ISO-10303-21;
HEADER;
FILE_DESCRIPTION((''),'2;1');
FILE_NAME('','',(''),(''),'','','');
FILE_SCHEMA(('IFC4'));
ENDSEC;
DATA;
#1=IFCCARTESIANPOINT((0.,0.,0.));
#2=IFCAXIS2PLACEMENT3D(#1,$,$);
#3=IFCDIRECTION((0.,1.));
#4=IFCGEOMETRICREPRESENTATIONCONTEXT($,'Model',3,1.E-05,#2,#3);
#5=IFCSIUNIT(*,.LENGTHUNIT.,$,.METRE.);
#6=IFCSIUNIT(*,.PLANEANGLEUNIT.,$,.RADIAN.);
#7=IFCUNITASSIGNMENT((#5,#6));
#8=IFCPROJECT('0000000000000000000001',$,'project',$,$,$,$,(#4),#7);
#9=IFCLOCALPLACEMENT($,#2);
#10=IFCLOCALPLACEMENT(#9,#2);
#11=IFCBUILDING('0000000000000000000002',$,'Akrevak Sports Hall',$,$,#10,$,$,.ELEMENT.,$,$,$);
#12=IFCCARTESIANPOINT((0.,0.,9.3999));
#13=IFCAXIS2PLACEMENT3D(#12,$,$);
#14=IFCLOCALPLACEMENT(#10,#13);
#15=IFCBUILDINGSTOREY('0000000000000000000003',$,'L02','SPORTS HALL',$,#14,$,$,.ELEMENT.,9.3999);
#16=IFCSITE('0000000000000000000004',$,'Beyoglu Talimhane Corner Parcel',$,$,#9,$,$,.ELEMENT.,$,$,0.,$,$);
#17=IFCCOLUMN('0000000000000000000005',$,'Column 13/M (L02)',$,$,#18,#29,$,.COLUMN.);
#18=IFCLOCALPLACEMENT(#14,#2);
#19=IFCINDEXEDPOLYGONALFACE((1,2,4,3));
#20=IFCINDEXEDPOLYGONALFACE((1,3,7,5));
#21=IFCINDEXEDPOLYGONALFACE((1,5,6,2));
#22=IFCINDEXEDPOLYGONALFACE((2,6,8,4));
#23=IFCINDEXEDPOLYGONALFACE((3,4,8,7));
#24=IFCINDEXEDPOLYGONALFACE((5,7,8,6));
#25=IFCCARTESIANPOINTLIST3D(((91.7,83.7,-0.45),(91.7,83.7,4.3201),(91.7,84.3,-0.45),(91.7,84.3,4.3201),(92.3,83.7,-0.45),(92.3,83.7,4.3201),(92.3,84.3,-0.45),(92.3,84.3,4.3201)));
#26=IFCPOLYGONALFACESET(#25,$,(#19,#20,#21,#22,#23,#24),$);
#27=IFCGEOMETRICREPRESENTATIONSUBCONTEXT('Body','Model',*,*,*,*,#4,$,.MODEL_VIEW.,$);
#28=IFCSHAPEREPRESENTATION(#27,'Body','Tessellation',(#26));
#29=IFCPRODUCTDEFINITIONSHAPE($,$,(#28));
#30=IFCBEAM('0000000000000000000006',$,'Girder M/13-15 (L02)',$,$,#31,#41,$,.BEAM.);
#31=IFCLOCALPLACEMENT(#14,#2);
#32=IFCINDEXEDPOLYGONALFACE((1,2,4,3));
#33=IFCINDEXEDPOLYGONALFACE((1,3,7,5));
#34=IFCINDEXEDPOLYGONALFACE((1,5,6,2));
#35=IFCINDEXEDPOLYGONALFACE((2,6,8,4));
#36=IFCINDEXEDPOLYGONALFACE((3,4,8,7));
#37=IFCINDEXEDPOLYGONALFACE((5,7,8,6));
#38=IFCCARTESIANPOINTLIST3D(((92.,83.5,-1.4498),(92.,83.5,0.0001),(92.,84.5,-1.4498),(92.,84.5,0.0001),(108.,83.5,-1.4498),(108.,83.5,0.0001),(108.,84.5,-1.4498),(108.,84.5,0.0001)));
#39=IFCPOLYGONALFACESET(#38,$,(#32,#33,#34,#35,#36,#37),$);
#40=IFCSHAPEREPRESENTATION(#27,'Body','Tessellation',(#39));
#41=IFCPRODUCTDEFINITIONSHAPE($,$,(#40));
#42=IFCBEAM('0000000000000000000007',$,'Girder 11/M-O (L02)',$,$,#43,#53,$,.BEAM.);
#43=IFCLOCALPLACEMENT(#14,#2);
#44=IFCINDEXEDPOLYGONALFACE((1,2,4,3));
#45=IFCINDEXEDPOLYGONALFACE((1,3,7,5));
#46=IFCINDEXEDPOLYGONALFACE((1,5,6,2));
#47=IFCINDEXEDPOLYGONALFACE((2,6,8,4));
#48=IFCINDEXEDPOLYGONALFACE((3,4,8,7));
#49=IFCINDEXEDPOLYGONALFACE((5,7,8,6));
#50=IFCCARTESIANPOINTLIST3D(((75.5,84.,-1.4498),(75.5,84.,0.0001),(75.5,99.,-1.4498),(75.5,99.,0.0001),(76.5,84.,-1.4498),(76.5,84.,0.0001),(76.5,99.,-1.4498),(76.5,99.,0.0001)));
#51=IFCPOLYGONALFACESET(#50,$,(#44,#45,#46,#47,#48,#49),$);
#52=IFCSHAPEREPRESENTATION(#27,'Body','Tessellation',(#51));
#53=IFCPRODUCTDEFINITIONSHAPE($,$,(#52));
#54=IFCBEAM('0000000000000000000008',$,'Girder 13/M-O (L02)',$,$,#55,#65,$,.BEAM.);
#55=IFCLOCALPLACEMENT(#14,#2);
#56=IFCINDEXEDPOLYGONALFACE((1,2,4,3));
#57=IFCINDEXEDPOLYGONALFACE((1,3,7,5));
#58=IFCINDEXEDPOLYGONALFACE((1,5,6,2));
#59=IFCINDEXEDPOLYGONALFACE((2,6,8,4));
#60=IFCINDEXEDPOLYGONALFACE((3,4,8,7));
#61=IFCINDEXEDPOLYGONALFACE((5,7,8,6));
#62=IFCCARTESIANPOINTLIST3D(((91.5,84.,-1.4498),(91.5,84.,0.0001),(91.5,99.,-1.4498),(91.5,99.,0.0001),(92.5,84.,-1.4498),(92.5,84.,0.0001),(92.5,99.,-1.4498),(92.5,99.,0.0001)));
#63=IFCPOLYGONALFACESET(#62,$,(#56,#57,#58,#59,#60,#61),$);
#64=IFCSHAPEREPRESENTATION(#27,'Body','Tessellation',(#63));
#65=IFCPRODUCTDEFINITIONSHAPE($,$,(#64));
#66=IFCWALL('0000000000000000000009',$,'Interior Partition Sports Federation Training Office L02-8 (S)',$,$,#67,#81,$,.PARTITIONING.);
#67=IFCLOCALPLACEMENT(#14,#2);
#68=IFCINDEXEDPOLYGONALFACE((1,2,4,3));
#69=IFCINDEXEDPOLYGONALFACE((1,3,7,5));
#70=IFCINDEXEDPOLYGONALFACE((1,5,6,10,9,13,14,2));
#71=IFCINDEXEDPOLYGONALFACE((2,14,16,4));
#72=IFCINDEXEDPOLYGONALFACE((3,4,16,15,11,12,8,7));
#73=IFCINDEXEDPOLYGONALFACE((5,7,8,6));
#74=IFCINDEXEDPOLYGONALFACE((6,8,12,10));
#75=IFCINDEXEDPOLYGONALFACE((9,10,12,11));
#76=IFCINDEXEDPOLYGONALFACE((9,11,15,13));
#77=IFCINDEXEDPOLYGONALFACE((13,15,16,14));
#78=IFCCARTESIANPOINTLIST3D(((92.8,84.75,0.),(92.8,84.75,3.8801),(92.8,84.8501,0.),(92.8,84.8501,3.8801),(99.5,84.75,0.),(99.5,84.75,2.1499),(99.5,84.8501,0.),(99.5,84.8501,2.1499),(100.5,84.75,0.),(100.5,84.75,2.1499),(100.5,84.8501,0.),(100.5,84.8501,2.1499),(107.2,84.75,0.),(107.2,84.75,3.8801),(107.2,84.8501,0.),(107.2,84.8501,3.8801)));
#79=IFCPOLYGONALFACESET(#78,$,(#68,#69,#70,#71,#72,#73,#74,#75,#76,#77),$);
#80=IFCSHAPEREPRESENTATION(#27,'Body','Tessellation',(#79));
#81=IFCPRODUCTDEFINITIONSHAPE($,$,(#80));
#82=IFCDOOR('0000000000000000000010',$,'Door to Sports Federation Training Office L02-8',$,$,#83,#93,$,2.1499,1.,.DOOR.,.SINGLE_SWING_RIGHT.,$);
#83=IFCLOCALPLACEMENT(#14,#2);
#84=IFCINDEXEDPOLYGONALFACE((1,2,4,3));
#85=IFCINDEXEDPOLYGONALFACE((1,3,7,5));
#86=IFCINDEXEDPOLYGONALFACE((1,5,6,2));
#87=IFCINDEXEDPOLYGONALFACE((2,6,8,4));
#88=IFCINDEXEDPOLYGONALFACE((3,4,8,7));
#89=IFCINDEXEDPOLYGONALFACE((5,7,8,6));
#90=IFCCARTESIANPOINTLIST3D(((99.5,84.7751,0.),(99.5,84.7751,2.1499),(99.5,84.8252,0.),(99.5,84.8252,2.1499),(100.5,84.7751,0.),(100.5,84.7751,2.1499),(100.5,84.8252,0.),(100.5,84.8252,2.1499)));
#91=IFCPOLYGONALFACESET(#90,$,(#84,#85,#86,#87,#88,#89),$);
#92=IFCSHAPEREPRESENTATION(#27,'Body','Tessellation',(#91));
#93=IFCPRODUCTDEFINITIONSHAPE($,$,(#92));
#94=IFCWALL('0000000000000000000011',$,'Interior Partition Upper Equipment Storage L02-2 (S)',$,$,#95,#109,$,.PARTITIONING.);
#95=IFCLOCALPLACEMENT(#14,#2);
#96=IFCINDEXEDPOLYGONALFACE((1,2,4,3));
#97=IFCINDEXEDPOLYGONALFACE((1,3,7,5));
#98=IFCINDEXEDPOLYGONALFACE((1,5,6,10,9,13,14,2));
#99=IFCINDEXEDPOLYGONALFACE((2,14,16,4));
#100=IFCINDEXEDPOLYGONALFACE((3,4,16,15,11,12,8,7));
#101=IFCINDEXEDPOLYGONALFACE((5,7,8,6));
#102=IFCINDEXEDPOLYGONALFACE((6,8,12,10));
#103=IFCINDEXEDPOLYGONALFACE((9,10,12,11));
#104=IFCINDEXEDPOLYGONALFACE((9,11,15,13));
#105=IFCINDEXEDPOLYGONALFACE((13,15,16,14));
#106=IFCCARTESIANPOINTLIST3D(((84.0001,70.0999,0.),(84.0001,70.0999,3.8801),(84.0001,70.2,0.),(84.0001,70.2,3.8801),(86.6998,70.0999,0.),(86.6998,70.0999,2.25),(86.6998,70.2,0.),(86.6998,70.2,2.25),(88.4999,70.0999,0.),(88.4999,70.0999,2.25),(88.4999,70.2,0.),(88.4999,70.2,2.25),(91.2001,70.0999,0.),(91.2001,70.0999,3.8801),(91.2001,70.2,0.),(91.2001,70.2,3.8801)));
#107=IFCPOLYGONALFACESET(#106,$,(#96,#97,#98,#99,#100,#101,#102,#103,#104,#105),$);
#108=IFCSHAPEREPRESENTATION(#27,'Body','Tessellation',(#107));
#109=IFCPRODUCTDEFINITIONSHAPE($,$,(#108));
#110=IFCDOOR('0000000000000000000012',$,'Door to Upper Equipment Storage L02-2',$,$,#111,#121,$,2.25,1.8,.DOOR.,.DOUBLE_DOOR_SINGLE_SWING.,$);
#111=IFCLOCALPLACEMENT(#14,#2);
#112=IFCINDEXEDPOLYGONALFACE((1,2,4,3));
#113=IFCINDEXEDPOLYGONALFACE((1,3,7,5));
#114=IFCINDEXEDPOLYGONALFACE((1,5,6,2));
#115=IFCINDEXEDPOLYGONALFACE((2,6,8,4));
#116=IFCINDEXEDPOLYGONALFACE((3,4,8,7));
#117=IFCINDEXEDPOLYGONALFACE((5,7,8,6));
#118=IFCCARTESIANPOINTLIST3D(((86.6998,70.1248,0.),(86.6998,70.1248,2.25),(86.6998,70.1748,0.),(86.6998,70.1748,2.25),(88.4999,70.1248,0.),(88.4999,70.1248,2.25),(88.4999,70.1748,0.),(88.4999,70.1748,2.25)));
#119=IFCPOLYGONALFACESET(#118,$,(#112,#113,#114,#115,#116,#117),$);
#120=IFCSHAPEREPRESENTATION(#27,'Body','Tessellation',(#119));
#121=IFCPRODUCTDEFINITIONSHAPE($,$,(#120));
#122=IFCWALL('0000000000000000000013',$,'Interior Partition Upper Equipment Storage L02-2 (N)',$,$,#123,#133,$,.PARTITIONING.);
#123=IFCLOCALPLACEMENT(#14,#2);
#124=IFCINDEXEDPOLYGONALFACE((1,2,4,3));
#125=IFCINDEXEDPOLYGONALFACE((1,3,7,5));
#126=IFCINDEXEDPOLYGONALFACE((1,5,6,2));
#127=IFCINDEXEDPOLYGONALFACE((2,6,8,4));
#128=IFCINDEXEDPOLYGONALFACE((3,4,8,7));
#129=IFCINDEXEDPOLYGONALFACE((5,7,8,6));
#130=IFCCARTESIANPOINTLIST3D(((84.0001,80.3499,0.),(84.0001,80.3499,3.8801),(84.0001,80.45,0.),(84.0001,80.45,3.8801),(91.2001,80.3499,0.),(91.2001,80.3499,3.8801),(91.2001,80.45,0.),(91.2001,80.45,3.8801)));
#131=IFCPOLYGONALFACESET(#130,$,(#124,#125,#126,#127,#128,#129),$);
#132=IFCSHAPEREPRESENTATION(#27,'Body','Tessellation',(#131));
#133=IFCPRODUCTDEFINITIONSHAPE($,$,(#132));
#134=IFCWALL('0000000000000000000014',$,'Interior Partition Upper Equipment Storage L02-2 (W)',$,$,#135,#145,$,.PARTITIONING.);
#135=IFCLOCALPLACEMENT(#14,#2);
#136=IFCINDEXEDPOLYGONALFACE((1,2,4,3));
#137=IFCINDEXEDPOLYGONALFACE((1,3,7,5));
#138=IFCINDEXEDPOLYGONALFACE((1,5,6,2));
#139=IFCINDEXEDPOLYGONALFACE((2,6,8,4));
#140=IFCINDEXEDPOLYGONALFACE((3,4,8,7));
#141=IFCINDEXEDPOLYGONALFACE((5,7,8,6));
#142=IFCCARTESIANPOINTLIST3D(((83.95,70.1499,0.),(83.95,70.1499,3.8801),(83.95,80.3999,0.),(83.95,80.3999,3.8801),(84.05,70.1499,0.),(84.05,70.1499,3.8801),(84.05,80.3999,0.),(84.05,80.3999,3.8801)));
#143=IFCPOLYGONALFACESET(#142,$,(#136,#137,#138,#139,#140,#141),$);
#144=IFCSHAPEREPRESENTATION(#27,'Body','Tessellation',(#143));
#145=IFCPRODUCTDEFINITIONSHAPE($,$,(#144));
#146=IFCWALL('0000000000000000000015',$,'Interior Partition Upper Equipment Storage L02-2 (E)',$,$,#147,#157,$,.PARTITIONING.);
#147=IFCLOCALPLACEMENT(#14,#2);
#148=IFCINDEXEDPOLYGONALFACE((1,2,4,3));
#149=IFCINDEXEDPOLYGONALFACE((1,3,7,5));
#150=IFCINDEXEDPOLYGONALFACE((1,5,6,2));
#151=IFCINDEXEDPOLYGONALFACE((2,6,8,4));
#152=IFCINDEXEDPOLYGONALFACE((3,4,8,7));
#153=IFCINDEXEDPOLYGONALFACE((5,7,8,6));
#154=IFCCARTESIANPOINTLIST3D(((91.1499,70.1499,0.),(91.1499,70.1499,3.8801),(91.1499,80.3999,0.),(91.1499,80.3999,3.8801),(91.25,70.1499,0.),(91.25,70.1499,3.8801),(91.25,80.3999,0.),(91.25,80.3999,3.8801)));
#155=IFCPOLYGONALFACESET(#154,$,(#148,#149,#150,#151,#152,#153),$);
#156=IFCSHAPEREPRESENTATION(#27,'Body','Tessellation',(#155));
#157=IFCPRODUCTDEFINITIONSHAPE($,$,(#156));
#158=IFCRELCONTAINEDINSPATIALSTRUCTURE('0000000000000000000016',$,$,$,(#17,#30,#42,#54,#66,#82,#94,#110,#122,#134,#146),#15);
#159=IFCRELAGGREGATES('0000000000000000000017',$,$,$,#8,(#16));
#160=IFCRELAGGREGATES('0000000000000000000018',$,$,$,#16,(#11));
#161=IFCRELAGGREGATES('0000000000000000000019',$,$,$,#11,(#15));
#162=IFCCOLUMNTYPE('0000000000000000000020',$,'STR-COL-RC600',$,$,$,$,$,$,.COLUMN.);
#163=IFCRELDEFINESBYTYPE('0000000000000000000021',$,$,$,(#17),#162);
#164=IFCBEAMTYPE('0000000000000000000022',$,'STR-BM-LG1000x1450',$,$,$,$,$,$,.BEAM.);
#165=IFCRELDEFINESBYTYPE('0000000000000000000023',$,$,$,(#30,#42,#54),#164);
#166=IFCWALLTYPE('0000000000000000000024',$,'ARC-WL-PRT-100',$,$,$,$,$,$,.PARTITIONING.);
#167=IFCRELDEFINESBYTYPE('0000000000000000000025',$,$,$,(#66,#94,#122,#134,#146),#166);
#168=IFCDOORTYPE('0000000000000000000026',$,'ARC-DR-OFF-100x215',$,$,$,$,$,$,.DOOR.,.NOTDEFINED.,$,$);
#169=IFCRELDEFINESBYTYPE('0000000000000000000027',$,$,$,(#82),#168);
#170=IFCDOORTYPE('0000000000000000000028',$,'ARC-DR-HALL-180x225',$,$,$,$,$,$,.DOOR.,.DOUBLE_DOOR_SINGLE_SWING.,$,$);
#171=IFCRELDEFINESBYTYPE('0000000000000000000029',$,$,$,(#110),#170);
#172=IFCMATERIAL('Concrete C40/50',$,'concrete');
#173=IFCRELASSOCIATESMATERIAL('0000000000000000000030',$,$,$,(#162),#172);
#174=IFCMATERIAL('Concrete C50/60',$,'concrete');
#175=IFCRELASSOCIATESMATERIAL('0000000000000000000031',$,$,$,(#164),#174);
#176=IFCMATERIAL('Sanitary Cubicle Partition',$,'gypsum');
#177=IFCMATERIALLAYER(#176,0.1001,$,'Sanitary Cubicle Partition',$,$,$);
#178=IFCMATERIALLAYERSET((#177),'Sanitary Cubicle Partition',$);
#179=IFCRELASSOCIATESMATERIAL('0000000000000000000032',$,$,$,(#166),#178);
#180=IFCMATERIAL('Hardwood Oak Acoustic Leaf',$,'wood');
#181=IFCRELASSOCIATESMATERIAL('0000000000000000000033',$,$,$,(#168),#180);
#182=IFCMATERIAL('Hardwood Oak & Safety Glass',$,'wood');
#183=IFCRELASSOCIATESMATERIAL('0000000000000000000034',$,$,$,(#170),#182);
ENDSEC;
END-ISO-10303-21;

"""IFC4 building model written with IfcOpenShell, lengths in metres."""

from ifc_helpers import new_model, si_unit, direction, frame, frame_2d, origin, origin_2d, place, context, subcontext, project, spatial, rectangle, extrude, material, layer, layer_set, material_profile, profile_set, type_object, element, fill, save


model = new_model("IFC4")

# Units and contexts
model_context = context("Model", 3, precision=1e-05, world=origin(), true_north=direction((0.0, 1.0)))
body_context = subcontext(model_context, "Body", "Model", "MODEL_VIEW")
ifc_project = project(units=[si_unit("LENGTHUNIT", "METRE"), si_unit("PLANEANGLEUNIT", "RADIAN")], contexts=[model_context])

# Site, building, storey
site_placement = place(None, origin())
site = spatial("IfcSite", under=ifc_project, at=site_placement, Name="Beyoglu Talimhane Corner Parcel", CompositionType="ELEMENT", RefElevation=0.0)
building_placement = place(site_placement, origin())
building = spatial("IfcBuilding", under=site, at=building_placement, Name="Akrevak Sports Hall", CompositionType="ELEMENT")
storey_placement = place(building_placement, frame((0.0, 0.0, 9.3999)))
storey = spatial("IfcBuildingStorey", under=building, at=storey_placement, Name="L02", Description="SPORTS HALL", CompositionType="ELEMENT", Elevation=9.3999)

# Column
ifc_material_1 = material(Name="Concrete C40/50", Category="concrete")
ifc_material_profile_1 = material_profile(ifc_material_1, rectangle(XDim=0.6001, YDim=0.6001, at=origin_2d()), Name="RC 600x600", Category="concrete")
ifc_profile_set_1 = profile_set([ifc_material_profile_1], Name="Concrete C40/50")
column_type = type_object("IfcColumnType", Name="STR-COL-RC600", PredefinedType="COLUMN", material=ifc_profile_set_1)
column_placement = place(storey_placement, frame((92.0, 84.0, -0.45), z_axis=(0.0, 0.0, 1.0), x_axis=(1.0, 0.0, 0.0)))
element("IfcColumn", 1, at=column_placement, inside=storey, type_object=column_type, Name="Column 13/M (L02)", PredefinedType="COLUMN", context=body_context, shape_type="SweptSolid", body=[
    extrude(rectangle(XDim=0.6001, YDim=0.6001, at=origin_2d()), origin(), (0.0, 0.0, 1.0), 4.77),
])

# Beams
ifc_material_2 = material(Name="Concrete C50/60", Category="concrete")
ifc_material_profile_2 = material_profile(ifc_material_2, rectangle(XDim=1.0, YDim=1.45, at=origin_2d()), Name="BM 1000x1450", Category="concrete")
ifc_profile_set_2 = profile_set([ifc_material_profile_2], Name="Concrete C50/60")
beam_type = type_object("IfcBeamType", Name="STR-BM-LG1000x1450", PredefinedType="BEAM", material=ifc_profile_set_2)
beam_placement = place(storey_placement, frame((92.0, 84.0, -0.7249), z_axis=(1.0, 0.0, 0.0), x_axis=(0.0, 1.0, 0.0)))
element("IfcBeam", 2, at=beam_placement, inside=storey, type_object=beam_type, Name="Girder M/13-15 (L02)", PredefinedType="BEAM", context=body_context, shape_type="SweptSolid", body=[
    extrude(rectangle(XDim=1.0, YDim=1.45, at=origin_2d()), origin(), (0.0, 0.0, 1.0), 16.0),
])
for number, where, z_axis, x_axis, name in (
    (3, (76.0, 84.0, -0.7249), (0.0, 1.0, 0.0), (-1.0, 0.0, 0.0), "Girder 11/M-O (L02)"),
    (4, (92.0, 84.0, -0.7249), (0.0, 1.0, 0.0), (-1.0, 0.0, 0.0), "Girder 13/M-O (L02)"),
):
    element("IfcBeam", number, at=place(storey_placement, frame(where, z_axis=z_axis, x_axis=x_axis)), inside=storey, type_object=beam_type, Name=name, PredefinedType="BEAM", context=body_context, shape_type="SweptSolid", body=[
        extrude(rectangle(XDim=1.0, YDim=1.45, at=origin_2d()), origin(), (0.0, 0.0, 1.0), 15.0),
    ])

# Walls, openings, doors
ifc_material_3 = material(Name="Sanitary Cubicle Partition", Category="gypsum")
ifc_layer_1 = layer(ifc_material_3, 0.1001, Name="Sanitary Cubicle Partition")
ifc_layer_set_1 = layer_set([ifc_layer_1], Name="Sanitary Cubicle Partition")
wall_type_1 = type_object("IfcWallType", Name="ARC-WL-PRT-100", PredefinedType="PARTITIONING", material=ifc_layer_set_1)
wall_1_placement = place(storey_placement, frame((92.8, 84.8, 0.0), z_axis=(0.0, 0.0, 1.0), x_axis=(1.0, 0.0, 0.0)))
wall_1 = element("IfcWall", 5, at=wall_1_placement, inside=storey, type_object=wall_type_1, Name="Interior Partition Sports Federation Training Office L02-8 (S)", PredefinedType="PARTITIONING", context=body_context, shape_type="SweptSolid", body=[
    extrude(rectangle(XDim=14.3999, YDim=0.1001, at=frame_2d((7.2, 0.0))), origin(), (0.0, 0.0, 1.0), 3.8801),
])
opening_1_placement = place(wall_1_placement, frame((6.7, 0.0, 0.0)))
opening_1 = element("IfcOpeningElement", 6, at=opening_1_placement, cuts=wall_1, PredefinedType="OPENING", context=body_context, shape_type="SweptSolid", body=[
    extrude(rectangle(XDim=1.0, YDim=2.1499, at=frame_2d((0.5, 1.075))), frame((0.0, 0.062, 0.0), z_axis=(0.0, -1.0, 0.0), x_axis=(1.0, 0.0, 0.0)), (0.0, 0.0, 1.0), 0.124),
])
ifc_material_4 = material(Name="Hardwood Oak Acoustic Leaf", Category="wood")
door_type_1 = type_object("IfcDoorType", Name="ARC-DR-OFF-100x215", OperationType="NOTDEFINED", PredefinedType="DOOR", material=ifc_material_4)
door_1_placement = place(opening_1_placement, frame((1.0, 0.0, 0.0), z_axis=(0.0, 0.0, 1.0), x_axis=(-1.0, 0.0, 0.0)))
door_1 = element("IfcDoor", 7, at=door_1_placement, inside=storey, type_object=door_type_1, Name="Door to Sports Federation Training Office L02-8", OperationType="SINGLE_SWING_RIGHT", OverallHeight=2.1499, OverallWidth=1.0, PredefinedType="DOOR", context=body_context, shape_type="SweptSolid", body=[
    extrude(rectangle(XDim=1.0, YDim=2.1499, at=frame_2d((0.5, 1.075))), frame((0.0, 0.0249, 0.0), z_axis=(0.0, -1.0, 0.0), x_axis=(1.0, 0.0, 0.0)), (0.0, 0.0, 1.0), 0.05),
])
fill(opening_1, door_1)
wall_2_placement = place(storey_placement, frame((84.0, 70.1499, 0.0), z_axis=(0.0, 0.0, 1.0), x_axis=(1.0, 0.0, 0.0)))
wall_2 = element("IfcWall", 8, at=wall_2_placement, inside=storey, type_object=wall_type_1, Name="Interior Partition Upper Equipment Storage L02-2 (S)", PredefinedType="PARTITIONING", context=body_context, shape_type="SweptSolid", body=[
    extrude(rectangle(XDim=7.2, YDim=0.1001, at=frame_2d((3.6001, 0.0))), origin(), (0.0, 0.0, 1.0), 3.8801),
])
opening_2_placement = place(wall_2_placement, frame((2.7, 0.0, 0.0)))
opening_2 = element("IfcOpeningElement", 9, at=opening_2_placement, cuts=wall_2, PredefinedType="OPENING", context=body_context, shape_type="SweptSolid", body=[
    extrude(rectangle(XDim=1.8, YDim=2.25, at=frame_2d((0.8999, 1.125))), frame((0.0, 0.062, 0.0), z_axis=(0.0, -1.0, 0.0), x_axis=(1.0, 0.0, 0.0)), (0.0, 0.0, 1.0), 0.124),
])
ifc_material_5 = material(Name="Hardwood Oak & Safety Glass", Category="wood")
door_type_2 = type_object("IfcDoorType", Name="ARC-DR-HALL-180x225", OperationType="DOUBLE_DOOR_SINGLE_SWING", PredefinedType="DOOR", material=ifc_material_5)
door_2_placement = place(opening_2_placement, origin())
door_2 = element("IfcDoor", 10, at=door_2_placement, inside=storey, type_object=door_type_2, Name="Door to Upper Equipment Storage L02-2", OperationType="DOUBLE_DOOR_SINGLE_SWING", OverallHeight=2.25, OverallWidth=1.8, PredefinedType="DOOR", context=body_context, shape_type="SweptSolid", body=[
    extrude(rectangle(XDim=1.8, YDim=2.25, at=frame_2d((0.8999, 1.125))), frame((0.0, 0.0249, 0.0), z_axis=(0.0, -1.0, 0.0), x_axis=(1.0, 0.0, 0.0)), (0.0, 0.0, 1.0), 0.05),
])
fill(opening_2, door_2)

# Walls
wall_3_placement = place(storey_placement, frame((84.0, 80.3999, 0.0), z_axis=(0.0, 0.0, 1.0), x_axis=(1.0, 0.0, 0.0)))
element("IfcWall", 11, at=wall_3_placement, inside=storey, type_object=wall_type_1, Name="Interior Partition Upper Equipment Storage L02-2 (N)", PredefinedType="PARTITIONING", context=body_context, shape_type="SweptSolid", body=[
    extrude(rectangle(XDim=7.2, YDim=0.1001, at=frame_2d((3.6001, 0.0))), origin(), (0.0, 0.0, 1.0), 3.8801),
])
for number, where, z_axis, x_axis, name in (
    (12, (84.0, 70.1499, 0.0), (0.0, 0.0, 1.0), (0.0, 1.0, 0.0), "Interior Partition Upper Equipment Storage L02-2 (W)"),
    (13, (91.2, 70.1499, 0.0), (0.0, 0.0, 1.0), (0.0, 1.0, 0.0), "Interior Partition Upper Equipment Storage L02-2 (E)"),
):
    element("IfcWall", number, at=place(storey_placement, frame(where, z_axis=z_axis, x_axis=x_axis)), inside=storey, type_object=wall_type_1, Name=name, PredefinedType="PARTITIONING", context=body_context, shape_type="SweptSolid", body=[
        extrude(rectangle(XDim=10.25, YDim=0.1001, at=frame_2d((5.125, 0.0))), origin(), (0.0, 0.0, 1.0), 3.8801),
    ])

save(model, "model.ifc")
